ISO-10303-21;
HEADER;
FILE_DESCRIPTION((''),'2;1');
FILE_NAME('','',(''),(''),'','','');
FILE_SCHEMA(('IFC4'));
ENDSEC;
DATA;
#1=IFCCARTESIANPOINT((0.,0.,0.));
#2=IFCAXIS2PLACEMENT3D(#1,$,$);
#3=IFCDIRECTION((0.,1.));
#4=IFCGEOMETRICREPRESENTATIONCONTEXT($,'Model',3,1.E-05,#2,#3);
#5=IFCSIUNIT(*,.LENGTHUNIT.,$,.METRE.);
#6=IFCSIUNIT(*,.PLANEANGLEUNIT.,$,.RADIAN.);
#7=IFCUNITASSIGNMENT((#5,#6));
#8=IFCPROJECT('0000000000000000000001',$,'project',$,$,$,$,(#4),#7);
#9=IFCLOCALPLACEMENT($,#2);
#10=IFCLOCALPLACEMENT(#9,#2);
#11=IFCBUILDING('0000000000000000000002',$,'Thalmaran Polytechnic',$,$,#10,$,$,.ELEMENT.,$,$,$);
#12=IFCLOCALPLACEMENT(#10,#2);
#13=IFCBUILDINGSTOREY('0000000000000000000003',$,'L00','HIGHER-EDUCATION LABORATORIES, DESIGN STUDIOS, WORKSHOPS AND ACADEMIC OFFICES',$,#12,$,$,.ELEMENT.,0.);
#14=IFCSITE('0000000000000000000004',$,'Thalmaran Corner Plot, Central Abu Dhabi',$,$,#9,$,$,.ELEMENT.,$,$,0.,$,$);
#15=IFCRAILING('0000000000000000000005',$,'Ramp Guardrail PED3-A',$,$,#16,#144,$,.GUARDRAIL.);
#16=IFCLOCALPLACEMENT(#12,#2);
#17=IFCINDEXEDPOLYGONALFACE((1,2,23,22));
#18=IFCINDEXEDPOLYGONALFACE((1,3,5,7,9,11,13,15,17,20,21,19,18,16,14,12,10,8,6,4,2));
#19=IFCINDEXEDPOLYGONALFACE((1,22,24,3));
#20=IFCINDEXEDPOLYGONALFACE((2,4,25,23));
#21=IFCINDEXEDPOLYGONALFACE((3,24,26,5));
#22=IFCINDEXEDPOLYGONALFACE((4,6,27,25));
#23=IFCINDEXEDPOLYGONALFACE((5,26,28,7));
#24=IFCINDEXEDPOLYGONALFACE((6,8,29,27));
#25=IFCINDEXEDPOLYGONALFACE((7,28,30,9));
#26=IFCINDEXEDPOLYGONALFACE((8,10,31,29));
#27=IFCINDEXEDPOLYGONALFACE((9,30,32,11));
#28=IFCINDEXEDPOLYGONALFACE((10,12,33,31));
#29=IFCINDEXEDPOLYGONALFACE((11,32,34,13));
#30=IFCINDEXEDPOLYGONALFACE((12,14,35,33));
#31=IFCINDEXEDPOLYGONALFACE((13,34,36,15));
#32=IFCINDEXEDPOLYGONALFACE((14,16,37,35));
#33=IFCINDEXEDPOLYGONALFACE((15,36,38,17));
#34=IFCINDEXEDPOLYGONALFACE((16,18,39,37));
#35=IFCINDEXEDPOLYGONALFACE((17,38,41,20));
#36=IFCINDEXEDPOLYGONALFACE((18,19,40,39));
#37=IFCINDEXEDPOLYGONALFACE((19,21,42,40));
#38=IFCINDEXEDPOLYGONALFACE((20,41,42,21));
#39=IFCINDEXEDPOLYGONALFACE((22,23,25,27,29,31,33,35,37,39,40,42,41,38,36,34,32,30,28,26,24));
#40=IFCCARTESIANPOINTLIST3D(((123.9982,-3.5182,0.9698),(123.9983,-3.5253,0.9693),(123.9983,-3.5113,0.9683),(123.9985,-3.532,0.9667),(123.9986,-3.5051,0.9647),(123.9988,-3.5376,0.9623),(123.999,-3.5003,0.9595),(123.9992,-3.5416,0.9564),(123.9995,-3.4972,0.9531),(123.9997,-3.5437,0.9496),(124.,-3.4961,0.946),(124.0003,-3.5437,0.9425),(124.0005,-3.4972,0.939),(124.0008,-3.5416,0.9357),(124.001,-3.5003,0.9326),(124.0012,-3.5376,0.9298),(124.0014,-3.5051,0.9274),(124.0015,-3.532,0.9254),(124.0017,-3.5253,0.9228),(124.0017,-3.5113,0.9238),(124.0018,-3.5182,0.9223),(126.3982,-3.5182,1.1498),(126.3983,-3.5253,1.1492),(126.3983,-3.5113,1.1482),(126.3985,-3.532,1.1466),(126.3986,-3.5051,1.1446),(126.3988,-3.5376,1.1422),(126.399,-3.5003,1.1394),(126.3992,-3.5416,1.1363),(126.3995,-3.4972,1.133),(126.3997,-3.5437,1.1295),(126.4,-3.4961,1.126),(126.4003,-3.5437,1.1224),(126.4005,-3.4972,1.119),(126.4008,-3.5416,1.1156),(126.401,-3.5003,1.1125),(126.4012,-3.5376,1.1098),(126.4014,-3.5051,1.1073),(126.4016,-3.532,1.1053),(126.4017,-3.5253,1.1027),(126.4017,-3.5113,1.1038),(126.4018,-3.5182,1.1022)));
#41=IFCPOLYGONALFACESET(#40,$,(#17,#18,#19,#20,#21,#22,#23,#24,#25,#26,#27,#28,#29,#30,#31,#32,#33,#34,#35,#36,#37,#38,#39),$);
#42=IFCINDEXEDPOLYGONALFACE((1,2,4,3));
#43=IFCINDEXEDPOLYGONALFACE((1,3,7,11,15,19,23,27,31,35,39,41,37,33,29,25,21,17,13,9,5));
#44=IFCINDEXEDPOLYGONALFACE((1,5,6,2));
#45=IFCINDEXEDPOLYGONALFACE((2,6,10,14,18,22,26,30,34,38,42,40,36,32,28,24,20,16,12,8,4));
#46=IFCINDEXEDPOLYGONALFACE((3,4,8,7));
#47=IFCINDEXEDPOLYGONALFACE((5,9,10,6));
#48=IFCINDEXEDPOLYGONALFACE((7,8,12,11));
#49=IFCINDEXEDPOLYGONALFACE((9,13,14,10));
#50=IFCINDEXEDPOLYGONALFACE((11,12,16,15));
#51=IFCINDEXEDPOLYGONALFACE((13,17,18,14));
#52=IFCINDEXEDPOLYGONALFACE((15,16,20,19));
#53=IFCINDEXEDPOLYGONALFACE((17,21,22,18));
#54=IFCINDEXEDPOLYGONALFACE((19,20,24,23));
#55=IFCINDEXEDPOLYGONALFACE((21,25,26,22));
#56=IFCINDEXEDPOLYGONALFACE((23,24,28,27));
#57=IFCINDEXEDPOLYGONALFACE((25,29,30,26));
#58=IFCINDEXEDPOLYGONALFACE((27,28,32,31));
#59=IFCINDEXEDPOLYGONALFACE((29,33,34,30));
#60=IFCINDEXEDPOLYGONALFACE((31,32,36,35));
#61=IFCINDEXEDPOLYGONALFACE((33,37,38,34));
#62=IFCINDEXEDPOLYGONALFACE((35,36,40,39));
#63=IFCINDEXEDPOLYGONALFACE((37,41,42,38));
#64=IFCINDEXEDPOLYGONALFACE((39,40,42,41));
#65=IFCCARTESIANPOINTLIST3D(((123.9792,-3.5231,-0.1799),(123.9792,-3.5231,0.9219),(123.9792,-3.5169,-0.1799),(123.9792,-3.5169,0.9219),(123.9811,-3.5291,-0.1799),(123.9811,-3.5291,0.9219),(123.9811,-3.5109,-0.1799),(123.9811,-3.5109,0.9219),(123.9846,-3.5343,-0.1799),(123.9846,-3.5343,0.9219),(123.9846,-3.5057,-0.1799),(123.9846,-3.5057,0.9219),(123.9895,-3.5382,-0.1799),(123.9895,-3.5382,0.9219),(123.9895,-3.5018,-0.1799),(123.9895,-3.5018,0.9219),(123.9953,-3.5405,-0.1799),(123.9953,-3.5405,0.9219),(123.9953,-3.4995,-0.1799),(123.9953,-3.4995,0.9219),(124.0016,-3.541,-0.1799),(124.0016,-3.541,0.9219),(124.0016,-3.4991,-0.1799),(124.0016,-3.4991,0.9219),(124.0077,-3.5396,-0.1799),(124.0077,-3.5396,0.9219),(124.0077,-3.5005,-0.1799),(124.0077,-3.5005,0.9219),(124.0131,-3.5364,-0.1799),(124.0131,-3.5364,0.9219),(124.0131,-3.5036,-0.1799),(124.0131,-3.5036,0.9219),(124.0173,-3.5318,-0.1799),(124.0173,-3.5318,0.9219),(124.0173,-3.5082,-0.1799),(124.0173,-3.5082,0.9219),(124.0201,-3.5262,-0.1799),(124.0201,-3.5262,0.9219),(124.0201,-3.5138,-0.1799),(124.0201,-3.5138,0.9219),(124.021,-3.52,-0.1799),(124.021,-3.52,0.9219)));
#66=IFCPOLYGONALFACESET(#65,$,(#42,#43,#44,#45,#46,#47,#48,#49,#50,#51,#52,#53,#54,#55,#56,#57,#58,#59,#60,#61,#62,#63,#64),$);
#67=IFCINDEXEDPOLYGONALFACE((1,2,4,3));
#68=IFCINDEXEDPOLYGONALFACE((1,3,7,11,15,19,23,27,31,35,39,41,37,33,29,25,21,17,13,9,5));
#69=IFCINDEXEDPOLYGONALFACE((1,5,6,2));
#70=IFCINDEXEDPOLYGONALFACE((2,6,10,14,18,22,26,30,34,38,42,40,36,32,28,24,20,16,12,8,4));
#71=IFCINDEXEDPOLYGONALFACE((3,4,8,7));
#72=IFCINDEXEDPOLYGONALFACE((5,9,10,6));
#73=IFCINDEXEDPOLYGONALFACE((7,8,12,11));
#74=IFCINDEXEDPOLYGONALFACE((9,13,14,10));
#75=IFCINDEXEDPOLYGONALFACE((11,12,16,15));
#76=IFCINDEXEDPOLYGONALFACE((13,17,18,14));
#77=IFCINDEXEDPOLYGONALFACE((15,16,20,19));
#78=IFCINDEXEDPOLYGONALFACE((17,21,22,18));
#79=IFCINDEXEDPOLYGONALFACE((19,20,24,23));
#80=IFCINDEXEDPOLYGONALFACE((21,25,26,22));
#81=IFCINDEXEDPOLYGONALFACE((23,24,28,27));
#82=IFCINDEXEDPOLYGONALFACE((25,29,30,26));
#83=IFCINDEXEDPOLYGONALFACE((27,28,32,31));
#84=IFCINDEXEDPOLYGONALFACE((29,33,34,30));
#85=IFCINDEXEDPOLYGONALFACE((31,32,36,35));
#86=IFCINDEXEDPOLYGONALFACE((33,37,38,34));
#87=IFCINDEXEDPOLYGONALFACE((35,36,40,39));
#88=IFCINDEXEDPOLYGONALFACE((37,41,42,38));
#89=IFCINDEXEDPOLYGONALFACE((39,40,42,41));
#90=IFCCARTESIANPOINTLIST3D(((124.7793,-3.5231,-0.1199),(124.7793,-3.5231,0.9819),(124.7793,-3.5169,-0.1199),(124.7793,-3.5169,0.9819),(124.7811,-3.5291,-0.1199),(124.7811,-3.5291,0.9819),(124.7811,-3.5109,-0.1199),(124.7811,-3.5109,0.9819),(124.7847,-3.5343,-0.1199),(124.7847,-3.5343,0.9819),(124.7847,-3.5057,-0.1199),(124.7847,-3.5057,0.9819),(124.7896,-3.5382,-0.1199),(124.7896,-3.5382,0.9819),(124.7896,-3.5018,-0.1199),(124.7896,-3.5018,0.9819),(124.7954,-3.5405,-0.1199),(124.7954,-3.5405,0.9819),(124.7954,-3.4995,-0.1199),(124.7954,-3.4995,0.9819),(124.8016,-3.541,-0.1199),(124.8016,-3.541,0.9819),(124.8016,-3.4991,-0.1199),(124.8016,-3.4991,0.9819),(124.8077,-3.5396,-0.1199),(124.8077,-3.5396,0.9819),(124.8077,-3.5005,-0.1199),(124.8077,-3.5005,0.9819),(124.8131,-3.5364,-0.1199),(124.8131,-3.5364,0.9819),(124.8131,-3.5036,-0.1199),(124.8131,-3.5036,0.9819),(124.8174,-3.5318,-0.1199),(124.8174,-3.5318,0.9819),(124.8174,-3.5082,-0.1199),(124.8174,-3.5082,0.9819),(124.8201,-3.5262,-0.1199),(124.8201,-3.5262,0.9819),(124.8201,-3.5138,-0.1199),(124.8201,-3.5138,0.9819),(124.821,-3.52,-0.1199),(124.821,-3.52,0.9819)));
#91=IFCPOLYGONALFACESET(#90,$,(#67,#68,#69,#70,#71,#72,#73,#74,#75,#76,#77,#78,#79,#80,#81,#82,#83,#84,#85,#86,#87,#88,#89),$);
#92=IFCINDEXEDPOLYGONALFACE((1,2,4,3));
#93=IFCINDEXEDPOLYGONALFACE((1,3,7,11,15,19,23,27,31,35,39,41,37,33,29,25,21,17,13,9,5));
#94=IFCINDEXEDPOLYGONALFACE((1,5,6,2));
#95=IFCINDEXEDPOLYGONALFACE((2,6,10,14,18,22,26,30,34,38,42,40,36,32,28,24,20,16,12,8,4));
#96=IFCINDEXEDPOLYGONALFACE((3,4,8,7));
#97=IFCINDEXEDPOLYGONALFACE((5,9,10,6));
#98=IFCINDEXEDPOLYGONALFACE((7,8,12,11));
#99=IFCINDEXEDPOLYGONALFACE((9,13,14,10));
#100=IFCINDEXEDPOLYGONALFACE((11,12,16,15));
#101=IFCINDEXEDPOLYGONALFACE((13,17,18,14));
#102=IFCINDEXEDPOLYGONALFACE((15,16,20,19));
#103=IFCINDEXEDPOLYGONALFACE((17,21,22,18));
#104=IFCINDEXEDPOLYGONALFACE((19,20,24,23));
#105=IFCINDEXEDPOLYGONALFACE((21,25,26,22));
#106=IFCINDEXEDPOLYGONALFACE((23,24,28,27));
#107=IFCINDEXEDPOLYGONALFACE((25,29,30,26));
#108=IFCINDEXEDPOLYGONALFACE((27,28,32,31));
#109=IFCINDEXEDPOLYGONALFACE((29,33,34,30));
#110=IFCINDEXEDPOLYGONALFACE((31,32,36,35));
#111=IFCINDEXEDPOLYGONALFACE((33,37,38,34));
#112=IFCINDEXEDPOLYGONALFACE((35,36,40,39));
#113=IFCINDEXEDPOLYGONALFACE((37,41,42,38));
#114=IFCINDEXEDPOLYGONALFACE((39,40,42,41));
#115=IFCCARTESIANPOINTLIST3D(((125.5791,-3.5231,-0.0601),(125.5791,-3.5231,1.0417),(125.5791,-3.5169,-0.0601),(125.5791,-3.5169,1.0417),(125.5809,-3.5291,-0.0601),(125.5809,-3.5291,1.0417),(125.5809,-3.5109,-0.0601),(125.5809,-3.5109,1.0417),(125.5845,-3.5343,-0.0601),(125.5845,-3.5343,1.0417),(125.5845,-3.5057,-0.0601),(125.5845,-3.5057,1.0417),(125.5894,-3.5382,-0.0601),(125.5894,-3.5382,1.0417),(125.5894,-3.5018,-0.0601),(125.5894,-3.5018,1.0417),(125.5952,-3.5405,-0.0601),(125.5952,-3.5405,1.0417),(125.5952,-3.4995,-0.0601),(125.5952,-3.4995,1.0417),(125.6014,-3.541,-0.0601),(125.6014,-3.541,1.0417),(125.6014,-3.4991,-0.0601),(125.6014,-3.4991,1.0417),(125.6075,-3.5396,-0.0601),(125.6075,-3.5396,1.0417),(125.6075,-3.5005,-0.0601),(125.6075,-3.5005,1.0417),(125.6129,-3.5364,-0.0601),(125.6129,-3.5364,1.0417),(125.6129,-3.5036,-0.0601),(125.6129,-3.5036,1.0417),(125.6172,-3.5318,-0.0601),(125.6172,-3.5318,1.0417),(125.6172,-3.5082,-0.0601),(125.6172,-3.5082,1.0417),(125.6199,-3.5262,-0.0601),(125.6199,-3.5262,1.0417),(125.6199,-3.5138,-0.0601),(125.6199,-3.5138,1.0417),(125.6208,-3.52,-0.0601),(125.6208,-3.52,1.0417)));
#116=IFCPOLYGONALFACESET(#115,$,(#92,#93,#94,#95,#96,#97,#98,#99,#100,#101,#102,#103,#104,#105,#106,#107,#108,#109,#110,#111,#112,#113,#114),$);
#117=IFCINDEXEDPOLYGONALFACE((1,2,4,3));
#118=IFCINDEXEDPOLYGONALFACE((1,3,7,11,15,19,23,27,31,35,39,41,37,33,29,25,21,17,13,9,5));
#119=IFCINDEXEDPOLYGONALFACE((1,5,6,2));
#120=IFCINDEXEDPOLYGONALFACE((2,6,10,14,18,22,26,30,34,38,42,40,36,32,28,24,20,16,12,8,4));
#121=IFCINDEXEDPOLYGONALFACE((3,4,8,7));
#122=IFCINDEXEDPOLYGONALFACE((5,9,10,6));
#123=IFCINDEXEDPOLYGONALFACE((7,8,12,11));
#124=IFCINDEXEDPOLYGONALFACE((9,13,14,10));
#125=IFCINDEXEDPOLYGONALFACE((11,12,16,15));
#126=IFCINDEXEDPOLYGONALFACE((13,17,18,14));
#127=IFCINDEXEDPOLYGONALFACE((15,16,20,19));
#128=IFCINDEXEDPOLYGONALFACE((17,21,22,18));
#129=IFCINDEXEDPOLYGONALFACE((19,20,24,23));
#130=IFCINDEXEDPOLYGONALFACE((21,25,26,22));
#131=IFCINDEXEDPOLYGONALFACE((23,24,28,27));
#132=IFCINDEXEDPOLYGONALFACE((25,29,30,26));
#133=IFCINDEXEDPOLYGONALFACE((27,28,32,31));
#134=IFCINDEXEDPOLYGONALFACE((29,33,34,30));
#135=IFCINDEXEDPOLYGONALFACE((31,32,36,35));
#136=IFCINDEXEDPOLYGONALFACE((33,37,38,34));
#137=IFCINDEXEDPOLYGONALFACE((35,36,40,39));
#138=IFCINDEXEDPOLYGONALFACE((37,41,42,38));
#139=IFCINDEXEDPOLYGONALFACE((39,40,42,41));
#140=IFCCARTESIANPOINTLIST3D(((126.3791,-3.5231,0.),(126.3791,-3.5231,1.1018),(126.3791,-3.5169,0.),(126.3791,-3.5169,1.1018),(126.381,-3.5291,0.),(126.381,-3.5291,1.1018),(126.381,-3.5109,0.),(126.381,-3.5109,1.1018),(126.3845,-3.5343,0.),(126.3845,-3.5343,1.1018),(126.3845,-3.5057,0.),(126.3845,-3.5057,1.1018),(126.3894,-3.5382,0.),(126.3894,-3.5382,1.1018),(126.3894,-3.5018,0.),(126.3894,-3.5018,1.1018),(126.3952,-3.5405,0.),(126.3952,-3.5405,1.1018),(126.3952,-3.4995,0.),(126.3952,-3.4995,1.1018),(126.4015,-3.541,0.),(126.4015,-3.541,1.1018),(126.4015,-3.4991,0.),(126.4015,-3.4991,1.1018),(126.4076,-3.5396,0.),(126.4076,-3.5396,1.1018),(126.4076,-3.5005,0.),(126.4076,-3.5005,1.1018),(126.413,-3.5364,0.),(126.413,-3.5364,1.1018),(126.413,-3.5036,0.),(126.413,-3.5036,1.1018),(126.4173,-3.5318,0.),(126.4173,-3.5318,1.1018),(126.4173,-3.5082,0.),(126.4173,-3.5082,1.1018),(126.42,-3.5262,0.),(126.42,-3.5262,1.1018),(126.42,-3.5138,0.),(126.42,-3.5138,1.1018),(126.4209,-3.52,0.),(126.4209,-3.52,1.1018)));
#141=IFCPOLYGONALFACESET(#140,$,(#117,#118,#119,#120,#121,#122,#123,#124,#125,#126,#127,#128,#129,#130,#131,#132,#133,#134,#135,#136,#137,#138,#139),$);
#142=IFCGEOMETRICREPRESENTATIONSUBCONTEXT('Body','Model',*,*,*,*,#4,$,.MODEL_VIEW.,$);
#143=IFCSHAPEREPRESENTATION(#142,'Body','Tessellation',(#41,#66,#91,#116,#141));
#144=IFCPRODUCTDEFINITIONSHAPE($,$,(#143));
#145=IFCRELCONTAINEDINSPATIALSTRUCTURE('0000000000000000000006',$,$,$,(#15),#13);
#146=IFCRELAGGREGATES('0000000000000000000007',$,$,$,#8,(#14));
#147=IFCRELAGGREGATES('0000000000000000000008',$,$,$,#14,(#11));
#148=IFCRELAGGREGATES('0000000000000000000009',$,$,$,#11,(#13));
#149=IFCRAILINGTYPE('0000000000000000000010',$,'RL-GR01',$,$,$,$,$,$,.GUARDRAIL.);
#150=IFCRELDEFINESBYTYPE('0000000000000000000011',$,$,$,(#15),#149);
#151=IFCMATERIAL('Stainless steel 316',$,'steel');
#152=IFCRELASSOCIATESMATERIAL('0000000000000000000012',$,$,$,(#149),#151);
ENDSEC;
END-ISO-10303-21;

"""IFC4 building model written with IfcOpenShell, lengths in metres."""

from ifc_helpers import new_model, si_unit, direction, frame, origin, origin_2d, place, context, subcontext, project, spatial, circle, extrude, material, type_object, element, save


model = new_model("IFC4")

# Units and contexts
model_context = context("Model", 3, precision=1e-05, world=origin(), true_north=direction((0.0, 1.0)))
body_context = subcontext(model_context, "Body", "Model", "MODEL_VIEW")
ifc_project = project(units=[si_unit("LENGTHUNIT", "METRE"), si_unit("PLANEANGLEUNIT", "RADIAN")], contexts=[model_context])

# Site, building, storey
site_placement = place(None, origin())
site = spatial("IfcSite", under=ifc_project, at=site_placement, Name="Thalmaran Corner Plot, Central Abu Dhabi", CompositionType="ELEMENT", RefElevation=0.0)
building_placement = place(site_placement, origin())
building = spatial("IfcBuilding", under=site, at=building_placement, Name="Thalmaran Polytechnic", CompositionType="ELEMENT")
storey_placement = place(building_placement, origin())
storey = spatial("IfcBuildingStorey", under=building, at=storey_placement, Name="L00", Description="HIGHER-EDUCATION LABORATORIES, DESIGN STUDIOS, WORKSHOPS AND ACADEMIC OFFICES", CompositionType="ELEMENT", Elevation=0.0)

# Railing
ifc_material_1 = material(Name="Stainless steel 316", Category="steel")
railing_type = type_object("IfcRailingType", Name="RL-GR01", PredefinedType="GUARDRAIL", material=ifc_material_1)
for number, where, name in (
    (1, (124.0, -3.52, -0.1799), "Ramp Guardrail PED3-A"),
):
    element("IfcRailing", number, at=place(storey_placement, frame(where)), inside=storey, type_object=railing_type, Name=name, PredefinedType="GUARDRAIL", context=body_context, shape_type="SweptSolid", body=[
        extrude(circle(Radius=0.0239, at=origin_2d()), frame((0.0, 0.0, 1.126), z_axis=(0.997201, 0.0, 0.074765), x_axis=(0.0, 1.0, 0.0)), (0.0, 0.0, 1.0), 2.4067),
        extrude(circle(Radius=0.021, at=origin_2d()), origin(), (0.0, 0.0, 1.0), 1.1018),
        extrude(circle(Radius=0.021, at=origin_2d()), frame((0.8, 0.0, 0.0601)), (0.0, 0.0, 1.0), 1.1018),
        extrude(circle(Radius=0.021, at=origin_2d()), frame((1.5999, 0.0, 0.1199)), (0.0, 0.0, 1.0), 1.1018),
        extrude(circle(Radius=0.021, at=origin_2d()), frame((2.3999, 0.0, 0.1799)), (0.0, 0.0, 1.0), 1.1018),
    ])

save(model, "model.ifc")
